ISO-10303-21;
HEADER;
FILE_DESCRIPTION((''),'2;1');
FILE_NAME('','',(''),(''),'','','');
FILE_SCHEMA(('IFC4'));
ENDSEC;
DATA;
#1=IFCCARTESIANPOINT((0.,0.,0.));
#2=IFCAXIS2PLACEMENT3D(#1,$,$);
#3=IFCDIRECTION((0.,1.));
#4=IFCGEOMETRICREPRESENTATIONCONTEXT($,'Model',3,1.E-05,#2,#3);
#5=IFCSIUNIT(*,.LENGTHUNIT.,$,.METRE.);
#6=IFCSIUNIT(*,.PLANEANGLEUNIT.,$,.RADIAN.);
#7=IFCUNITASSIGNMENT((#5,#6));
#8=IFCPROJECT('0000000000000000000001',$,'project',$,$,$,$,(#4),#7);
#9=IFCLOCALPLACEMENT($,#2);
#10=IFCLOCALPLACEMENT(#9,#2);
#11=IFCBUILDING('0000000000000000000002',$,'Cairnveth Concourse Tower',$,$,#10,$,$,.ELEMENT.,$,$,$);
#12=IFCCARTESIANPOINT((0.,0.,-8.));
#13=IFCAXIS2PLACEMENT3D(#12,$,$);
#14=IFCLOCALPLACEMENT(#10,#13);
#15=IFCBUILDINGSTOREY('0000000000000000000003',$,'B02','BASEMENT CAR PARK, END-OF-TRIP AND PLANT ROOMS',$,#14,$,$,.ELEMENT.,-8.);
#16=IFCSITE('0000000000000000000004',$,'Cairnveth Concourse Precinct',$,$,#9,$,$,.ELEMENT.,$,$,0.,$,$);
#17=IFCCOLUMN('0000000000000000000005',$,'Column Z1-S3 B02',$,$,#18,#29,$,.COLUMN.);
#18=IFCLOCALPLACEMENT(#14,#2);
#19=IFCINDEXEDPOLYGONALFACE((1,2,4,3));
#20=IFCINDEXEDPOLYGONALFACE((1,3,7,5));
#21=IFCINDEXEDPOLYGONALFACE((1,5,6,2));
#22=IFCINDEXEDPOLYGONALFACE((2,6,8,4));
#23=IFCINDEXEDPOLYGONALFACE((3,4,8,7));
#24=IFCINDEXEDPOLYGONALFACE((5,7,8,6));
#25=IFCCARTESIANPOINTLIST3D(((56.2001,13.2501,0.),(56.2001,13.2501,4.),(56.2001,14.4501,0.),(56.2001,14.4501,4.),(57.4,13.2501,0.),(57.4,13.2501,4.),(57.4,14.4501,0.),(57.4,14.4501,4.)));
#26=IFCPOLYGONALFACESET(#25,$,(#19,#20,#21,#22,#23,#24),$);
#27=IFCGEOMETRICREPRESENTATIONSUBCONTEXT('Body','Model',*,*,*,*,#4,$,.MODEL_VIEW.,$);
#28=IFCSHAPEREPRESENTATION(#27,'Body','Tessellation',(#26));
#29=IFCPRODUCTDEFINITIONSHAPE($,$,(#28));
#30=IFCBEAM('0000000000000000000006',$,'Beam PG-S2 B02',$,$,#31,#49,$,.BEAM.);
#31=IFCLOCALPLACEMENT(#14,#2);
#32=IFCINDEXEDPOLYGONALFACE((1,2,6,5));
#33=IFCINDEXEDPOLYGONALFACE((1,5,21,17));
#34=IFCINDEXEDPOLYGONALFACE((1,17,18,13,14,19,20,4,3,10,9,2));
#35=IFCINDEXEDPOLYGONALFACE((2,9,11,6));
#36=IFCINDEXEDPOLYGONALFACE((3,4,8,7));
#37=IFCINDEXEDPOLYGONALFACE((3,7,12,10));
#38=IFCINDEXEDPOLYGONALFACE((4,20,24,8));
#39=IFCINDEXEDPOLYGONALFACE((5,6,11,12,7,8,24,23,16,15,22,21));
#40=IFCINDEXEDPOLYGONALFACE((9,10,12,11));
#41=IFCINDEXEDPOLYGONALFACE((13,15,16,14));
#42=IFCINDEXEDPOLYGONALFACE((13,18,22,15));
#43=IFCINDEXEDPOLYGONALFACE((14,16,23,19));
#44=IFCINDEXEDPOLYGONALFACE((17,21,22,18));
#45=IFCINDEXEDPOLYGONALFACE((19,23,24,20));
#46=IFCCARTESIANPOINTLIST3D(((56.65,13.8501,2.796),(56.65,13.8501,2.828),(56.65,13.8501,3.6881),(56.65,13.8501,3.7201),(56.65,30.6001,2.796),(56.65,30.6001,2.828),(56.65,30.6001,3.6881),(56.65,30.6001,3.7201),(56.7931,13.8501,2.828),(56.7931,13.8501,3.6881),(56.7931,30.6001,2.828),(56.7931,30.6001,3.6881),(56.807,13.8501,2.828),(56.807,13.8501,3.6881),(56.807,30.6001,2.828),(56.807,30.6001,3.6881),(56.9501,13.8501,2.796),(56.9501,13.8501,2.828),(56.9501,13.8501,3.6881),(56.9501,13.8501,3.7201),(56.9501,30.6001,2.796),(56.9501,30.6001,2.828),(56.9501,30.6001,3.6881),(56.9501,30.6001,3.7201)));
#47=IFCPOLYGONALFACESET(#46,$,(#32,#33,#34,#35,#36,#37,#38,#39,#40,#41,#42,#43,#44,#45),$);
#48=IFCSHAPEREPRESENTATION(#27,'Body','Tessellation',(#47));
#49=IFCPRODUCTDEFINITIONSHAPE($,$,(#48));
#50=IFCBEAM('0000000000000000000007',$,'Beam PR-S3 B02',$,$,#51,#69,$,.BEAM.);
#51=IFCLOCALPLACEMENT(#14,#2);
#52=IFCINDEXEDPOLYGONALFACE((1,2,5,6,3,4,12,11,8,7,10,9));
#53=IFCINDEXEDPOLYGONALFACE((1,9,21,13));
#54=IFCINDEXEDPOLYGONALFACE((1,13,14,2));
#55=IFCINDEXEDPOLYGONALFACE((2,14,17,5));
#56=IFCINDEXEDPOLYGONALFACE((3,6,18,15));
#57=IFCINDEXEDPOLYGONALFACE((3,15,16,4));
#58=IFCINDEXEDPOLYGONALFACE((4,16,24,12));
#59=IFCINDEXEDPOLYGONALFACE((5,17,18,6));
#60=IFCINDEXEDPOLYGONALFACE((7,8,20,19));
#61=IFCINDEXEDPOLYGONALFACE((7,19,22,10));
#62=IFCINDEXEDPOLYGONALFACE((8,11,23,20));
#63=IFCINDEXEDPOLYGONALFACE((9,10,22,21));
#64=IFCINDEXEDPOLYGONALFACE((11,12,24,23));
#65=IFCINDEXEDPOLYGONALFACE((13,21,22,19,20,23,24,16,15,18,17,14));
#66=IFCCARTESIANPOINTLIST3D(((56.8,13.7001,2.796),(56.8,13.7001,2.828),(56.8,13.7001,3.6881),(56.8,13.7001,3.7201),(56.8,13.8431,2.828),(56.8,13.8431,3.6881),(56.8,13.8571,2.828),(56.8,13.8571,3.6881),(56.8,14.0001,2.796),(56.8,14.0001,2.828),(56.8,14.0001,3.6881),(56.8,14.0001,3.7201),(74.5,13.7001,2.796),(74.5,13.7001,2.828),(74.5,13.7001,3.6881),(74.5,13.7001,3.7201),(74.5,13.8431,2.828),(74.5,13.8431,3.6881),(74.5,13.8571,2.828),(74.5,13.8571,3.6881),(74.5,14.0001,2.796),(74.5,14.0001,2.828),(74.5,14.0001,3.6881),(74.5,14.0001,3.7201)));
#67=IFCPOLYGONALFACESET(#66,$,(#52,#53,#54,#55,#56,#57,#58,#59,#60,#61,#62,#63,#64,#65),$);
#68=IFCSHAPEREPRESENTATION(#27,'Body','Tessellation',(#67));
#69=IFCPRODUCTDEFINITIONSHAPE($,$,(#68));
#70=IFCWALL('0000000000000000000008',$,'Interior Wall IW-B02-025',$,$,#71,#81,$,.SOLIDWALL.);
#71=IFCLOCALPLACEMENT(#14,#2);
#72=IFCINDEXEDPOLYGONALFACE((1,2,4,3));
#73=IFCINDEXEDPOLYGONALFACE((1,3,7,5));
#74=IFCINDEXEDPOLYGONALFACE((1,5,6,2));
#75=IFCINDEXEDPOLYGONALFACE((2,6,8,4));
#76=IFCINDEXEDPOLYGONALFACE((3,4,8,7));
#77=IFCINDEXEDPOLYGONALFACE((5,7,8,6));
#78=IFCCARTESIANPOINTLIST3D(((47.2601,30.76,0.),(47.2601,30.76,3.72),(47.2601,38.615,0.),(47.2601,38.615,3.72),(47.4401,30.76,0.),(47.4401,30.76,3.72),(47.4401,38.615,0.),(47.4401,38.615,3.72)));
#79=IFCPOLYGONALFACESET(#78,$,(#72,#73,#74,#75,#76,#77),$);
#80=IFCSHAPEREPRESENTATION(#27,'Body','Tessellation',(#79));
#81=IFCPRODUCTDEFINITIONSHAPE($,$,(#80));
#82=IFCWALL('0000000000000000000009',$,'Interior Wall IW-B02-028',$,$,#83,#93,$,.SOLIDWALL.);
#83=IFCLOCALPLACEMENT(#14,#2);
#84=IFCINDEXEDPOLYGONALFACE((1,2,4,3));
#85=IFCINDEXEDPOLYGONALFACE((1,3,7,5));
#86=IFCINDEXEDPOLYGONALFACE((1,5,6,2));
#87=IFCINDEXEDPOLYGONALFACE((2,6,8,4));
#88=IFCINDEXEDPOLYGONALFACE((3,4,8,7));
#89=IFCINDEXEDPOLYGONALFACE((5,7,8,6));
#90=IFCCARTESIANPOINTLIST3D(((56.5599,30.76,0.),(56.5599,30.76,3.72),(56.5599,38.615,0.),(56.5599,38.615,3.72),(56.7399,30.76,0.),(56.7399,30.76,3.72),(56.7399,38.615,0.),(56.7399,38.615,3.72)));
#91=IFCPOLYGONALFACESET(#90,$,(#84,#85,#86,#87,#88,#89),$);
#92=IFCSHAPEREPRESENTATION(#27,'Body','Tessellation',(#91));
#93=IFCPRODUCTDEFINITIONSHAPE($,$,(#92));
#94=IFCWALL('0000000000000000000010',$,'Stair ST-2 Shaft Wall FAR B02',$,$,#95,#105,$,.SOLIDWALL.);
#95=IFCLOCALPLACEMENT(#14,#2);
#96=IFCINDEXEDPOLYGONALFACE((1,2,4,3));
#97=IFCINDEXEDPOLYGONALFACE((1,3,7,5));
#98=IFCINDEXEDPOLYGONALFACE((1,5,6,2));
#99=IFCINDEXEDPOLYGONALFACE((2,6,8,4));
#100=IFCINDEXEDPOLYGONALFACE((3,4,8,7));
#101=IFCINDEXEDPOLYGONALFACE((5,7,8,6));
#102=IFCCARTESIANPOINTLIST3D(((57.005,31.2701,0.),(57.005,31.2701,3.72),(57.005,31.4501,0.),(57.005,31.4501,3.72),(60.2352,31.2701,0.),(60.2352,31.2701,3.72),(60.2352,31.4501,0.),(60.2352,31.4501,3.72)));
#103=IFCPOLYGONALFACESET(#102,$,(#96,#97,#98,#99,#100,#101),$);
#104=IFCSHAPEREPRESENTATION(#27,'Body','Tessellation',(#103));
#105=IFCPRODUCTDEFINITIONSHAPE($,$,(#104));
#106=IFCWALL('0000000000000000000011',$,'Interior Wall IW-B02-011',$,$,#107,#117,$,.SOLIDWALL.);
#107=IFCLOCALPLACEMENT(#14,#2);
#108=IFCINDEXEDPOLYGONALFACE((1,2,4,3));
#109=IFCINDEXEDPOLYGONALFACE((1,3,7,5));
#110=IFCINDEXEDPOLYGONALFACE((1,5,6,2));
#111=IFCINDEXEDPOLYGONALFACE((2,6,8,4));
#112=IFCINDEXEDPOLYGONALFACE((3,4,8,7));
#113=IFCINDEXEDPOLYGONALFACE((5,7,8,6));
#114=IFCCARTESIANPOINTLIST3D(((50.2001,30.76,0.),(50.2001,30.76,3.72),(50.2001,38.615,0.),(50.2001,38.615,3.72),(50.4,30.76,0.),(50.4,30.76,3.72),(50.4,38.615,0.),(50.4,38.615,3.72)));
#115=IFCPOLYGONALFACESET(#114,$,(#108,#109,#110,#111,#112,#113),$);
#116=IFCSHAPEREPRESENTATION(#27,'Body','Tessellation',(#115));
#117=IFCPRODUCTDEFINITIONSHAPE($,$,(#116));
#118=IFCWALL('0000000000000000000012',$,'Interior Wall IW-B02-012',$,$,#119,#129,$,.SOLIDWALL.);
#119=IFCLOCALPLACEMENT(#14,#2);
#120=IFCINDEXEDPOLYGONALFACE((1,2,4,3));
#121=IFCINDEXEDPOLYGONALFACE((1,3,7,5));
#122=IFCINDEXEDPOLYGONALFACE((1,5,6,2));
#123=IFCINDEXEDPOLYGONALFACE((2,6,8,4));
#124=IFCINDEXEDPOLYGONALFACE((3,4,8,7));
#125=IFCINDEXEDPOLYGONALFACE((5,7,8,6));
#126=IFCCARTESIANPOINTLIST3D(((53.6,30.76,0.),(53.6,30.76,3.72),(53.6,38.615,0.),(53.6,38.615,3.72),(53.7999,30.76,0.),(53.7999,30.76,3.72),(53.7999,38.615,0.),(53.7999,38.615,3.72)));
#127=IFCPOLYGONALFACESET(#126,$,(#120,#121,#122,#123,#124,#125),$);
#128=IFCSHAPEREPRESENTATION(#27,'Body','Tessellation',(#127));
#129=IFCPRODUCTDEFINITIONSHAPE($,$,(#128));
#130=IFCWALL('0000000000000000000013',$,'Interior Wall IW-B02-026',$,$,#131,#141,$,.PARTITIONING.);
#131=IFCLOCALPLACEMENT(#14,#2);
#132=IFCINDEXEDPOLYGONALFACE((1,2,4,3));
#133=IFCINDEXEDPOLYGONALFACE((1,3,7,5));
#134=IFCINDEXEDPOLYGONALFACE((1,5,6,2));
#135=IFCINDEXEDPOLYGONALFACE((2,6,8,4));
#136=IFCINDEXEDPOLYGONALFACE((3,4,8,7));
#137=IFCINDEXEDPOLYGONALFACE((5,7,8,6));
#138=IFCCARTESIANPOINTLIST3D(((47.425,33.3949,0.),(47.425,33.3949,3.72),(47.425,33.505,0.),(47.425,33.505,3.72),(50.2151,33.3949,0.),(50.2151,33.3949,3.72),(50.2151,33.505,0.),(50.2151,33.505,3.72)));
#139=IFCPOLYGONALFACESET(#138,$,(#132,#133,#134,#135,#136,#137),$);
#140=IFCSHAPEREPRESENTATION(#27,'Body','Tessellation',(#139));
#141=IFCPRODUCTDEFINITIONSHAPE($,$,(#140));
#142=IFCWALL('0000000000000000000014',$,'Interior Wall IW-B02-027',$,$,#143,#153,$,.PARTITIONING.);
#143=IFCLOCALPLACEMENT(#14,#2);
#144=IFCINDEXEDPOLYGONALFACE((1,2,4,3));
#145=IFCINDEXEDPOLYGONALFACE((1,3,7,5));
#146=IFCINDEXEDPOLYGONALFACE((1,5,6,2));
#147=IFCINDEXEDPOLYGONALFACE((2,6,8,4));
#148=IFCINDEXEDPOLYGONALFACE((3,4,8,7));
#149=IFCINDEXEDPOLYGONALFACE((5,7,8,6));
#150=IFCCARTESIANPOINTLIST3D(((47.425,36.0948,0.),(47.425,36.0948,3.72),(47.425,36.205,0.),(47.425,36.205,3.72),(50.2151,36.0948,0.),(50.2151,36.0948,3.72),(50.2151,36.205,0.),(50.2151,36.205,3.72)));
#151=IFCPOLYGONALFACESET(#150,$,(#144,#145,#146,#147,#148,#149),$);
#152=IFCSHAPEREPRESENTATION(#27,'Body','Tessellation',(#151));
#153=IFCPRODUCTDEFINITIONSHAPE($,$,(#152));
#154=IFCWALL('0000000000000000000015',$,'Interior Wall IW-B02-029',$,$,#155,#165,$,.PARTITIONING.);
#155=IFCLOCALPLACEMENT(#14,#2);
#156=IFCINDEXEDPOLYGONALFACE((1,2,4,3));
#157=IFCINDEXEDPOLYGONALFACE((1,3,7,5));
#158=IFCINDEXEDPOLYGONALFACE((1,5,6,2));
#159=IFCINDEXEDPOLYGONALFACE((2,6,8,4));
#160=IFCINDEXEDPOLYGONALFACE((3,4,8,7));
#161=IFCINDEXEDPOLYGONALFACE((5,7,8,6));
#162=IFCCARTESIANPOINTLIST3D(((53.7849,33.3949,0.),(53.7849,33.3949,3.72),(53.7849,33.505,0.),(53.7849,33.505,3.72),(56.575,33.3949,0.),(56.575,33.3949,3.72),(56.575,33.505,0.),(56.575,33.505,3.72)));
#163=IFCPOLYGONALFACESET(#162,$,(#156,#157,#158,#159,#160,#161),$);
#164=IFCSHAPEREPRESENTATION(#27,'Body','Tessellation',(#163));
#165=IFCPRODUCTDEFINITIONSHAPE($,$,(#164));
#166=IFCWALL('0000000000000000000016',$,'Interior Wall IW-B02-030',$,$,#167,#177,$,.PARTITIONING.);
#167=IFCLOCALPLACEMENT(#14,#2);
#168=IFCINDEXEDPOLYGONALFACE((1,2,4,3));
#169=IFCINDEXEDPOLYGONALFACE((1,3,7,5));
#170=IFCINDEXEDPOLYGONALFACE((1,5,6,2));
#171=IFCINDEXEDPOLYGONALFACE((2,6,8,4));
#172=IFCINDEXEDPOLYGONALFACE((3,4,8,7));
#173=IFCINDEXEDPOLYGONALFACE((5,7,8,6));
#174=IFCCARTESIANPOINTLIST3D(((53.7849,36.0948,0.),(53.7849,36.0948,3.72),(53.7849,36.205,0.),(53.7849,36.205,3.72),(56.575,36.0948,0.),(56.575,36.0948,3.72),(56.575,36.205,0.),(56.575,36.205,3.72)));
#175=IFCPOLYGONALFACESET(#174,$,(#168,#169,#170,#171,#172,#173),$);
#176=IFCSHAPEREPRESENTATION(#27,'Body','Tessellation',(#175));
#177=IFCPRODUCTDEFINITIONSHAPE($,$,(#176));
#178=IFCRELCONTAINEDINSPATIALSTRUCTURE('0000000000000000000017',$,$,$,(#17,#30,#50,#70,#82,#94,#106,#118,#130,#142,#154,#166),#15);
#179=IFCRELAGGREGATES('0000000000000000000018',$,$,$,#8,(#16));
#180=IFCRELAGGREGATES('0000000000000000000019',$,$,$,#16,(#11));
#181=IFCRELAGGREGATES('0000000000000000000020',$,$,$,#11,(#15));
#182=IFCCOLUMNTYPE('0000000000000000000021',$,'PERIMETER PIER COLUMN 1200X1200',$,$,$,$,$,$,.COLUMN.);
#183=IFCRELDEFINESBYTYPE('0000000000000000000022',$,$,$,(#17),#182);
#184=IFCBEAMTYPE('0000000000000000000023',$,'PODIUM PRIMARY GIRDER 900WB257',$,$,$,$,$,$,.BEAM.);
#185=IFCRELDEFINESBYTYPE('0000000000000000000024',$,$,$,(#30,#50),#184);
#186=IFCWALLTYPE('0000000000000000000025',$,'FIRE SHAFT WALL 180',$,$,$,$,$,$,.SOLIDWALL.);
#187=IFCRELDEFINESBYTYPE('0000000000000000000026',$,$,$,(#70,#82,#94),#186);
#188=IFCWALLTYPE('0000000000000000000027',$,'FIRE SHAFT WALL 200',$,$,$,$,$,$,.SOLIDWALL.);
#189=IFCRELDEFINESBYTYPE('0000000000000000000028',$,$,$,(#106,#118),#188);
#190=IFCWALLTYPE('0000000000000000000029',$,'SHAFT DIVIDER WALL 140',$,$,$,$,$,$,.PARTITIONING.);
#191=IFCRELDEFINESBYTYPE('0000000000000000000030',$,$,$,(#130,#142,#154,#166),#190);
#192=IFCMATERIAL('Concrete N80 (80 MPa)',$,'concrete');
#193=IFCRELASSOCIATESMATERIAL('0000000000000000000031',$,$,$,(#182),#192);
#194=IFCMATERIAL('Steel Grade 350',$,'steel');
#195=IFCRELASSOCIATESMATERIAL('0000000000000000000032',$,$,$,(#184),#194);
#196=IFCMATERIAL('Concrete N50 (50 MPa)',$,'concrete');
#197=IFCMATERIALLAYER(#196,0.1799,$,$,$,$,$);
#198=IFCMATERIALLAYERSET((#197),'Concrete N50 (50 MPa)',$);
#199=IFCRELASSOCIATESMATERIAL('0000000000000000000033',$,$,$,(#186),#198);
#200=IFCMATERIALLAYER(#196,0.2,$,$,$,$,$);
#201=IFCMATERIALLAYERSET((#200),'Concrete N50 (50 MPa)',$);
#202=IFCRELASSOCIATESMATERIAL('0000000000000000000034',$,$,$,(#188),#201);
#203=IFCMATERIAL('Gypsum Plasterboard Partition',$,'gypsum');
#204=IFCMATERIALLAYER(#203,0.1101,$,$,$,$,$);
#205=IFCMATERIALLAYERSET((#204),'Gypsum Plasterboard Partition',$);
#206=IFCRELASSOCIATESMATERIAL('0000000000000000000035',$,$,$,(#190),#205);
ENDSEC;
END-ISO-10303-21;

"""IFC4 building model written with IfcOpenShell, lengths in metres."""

from ifc_helpers import new_model, si_unit, direction, frame, frame_2d, origin, origin_2d, place, context, subcontext, project, spatial, rectangle, i_section, extrude, material, layer, layer_set, material_profile, profile_set, type_object, element, save


model = new_model("IFC4")

# Units and contexts
model_context = context("Model", 3, precision=1e-05, world=origin(), true_north=direction((0.0, 1.0)))
body_context = subcontext(model_context, "Body", "Model", "MODEL_VIEW")
ifc_project = project(units=[si_unit("LENGTHUNIT", "METRE"), si_unit("PLANEANGLEUNIT", "RADIAN")], contexts=[model_context])

# Site, building, storey
site_placement = place(None, origin())
site = spatial("IfcSite", under=ifc_project, at=site_placement, Name="Cairnveth Concourse Precinct", CompositionType="ELEMENT", RefElevation=0.0)
building_placement = place(site_placement, origin())
building = spatial("IfcBuilding", under=site, at=building_placement, Name="Cairnveth Concourse Tower", CompositionType="ELEMENT")
storey_placement = place(building_placement, frame((0.0, 0.0, -8.0)))
storey = spatial("IfcBuildingStorey", under=building, at=storey_placement, Name="B02", Description="BASEMENT CAR PARK, END-OF-TRIP AND PLANT ROOMS", CompositionType="ELEMENT", Elevation=-8.0)

# Shared definitions
ifc_material_1 = material(Name="Concrete N50 (50 MPa)", Category="concrete")

# Column
ifc_material_2 = material(Name="Concrete N80 (80 MPa)", Category="concrete")
ifc_material_profile_1 = material_profile(ifc_material_2, rectangle(XDim=1.2, YDim=1.2, at=origin_2d()), Name="RC-COL-1200x1200")
ifc_profile_set_1 = profile_set([ifc_material_profile_1], Name="Concrete N80 (80 MPa)")
column_type_1 = type_object("IfcColumnType", Name="PERIMETER PIER COLUMN 1200X1200", PredefinedType="COLUMN", material=ifc_profile_set_1)
column_1_placement = place(storey_placement, frame((56.8, 13.8501, 0.0), z_axis=(0.0, 0.0, 1.0), x_axis=(1.0, 0.0, 0.0)))
element("IfcColumn", 1, at=column_1_placement, inside=storey, type_object=column_type_1, Name="Column Z1-S3 B02", PredefinedType="COLUMN", context=body_context, shape_type="SweptSolid", body=[
    extrude(rectangle(XDim=1.2, YDim=1.2, at=origin_2d()), origin(), (0.0, 0.0, 1.0), 4.0),
])

# Beams
ifc_material_3 = material(Name="Steel Grade 350", Category="steel")
ifc_material_profile_2 = material_profile(ifc_material_3, i_section(OverallWidth=0.3, OverallDepth=0.9241, WebThickness=0.0139, FlangeThickness=0.032, at=origin_2d()), Name="900WB257")
ifc_profile_set_2 = profile_set([ifc_material_profile_2], Name="Steel Grade 350")
beam_type = type_object("IfcBeamType", Name="PODIUM PRIMARY GIRDER 900WB257", PredefinedType="BEAM", material=ifc_profile_set_2)
beam_1_placement = place(storey_placement, frame((56.8, 13.8501, 3.2581), z_axis=(0.0, 1.0, 0.0), x_axis=(-1.0, 0.0, 0.0)))
element("IfcBeam", 2, at=beam_1_placement, inside=storey, type_object=beam_type, Name="Beam PG-S2 B02", PredefinedType="BEAM", context=body_context, shape_type="SweptSolid", body=[
    extrude(i_section(OverallWidth=0.3, OverallDepth=0.9241, WebThickness=0.0139, FlangeThickness=0.032, at=origin_2d()), origin(), (0.0, 0.0, 1.0), 16.75),
])
beam_2_placement = place(storey_placement, frame((56.8, 13.8501, 3.2581), z_axis=(1.0, 0.0, 0.0), x_axis=(0.0, 1.0, 0.0)))
element("IfcBeam", 3, at=beam_2_placement, inside=storey, type_object=beam_type, Name="Beam PR-S3 B02", PredefinedType="BEAM", context=body_context, shape_type="SweptSolid", body=[
    extrude(i_section(OverallWidth=0.3, OverallDepth=0.9241, WebThickness=0.0139, FlangeThickness=0.032, at=origin_2d()), origin(), (0.0, 0.0, 1.0), 17.7),
])

# Walls
ifc_layer_1 = layer(ifc_material_1, 0.1799)
ifc_layer_set_1 = layer_set([ifc_layer_1], Name="Concrete N50 (50 MPa)")
wall_type_1 = type_object("IfcWallType", Name="FIRE SHAFT WALL 180", PredefinedType="SOLIDWALL", material=ifc_layer_set_1)
for number, where, z_axis, x_axis, name in (
    (4, (47.3501, 30.76, 0.0), (0.0, 0.0, 1.0), (0.0, 1.0, 0.0), "Interior Wall IW-B02-025"),
    (5, (56.6499, 30.76, 0.0), (0.0, 0.0, 1.0), (0.0, 1.0, 0.0), "Interior Wall IW-B02-028"),
):
    element("IfcWall", number, at=place(storey_placement, frame(where, z_axis=z_axis, x_axis=x_axis)), inside=storey, type_object=wall_type_1, Name=name, PredefinedType="SOLIDWALL", context=body_context, shape_type="SweptSolid", body=[
        extrude(rectangle(XDim=7.855, YDim=0.1799, at=frame_2d((3.9275, 0.0))), origin(), (0.0, 0.0, 1.0), 3.72),
    ])
wall_placement = place(storey_placement, frame((57.0049, 31.3601, 0.0), z_axis=(0.0, 0.0, 1.0), x_axis=(1.0, 0.0, 0.0)))
element("IfcWall", 6, at=wall_placement, inside=storey, type_object=wall_type_1, Name="Stair ST-2 Shaft Wall FAR B02", PredefinedType="SOLIDWALL", context=body_context, shape_type="SweptSolid", body=[
    extrude(rectangle(XDim=3.2302, YDim=0.1799, at=frame_2d((1.6152, 0.0))), origin(), (0.0, 0.0, 1.0), 3.72),
])
ifc_layer_2 = layer(ifc_material_1, 0.2)
ifc_layer_set_2 = layer_set([ifc_layer_2], Name="Concrete N50 (50 MPa)")
wall_type_2 = type_object("IfcWallType", Name="FIRE SHAFT WALL 200", PredefinedType="SOLIDWALL", material=ifc_layer_set_2)
for number, where, z_axis, x_axis, name in (
    (7, (50.3, 30.76, 0.0), (0.0, 0.0, 1.0), (0.0, 1.0, 0.0), "Interior Wall IW-B02-011"),
    (8, (53.7, 30.76, 0.0), (0.0, 0.0, 1.0), (0.0, 1.0, 0.0), "Interior Wall IW-B02-012"),
):
    element("IfcWall", number, at=place(storey_placement, frame(where, z_axis=z_axis, x_axis=x_axis)), inside=storey, type_object=wall_type_2, Name=name, PredefinedType="SOLIDWALL", context=body_context, shape_type="SweptSolid", body=[
        extrude(rectangle(XDim=7.855, YDim=0.2, at=frame_2d((3.9275, 0.0))), origin(), (0.0, 0.0, 1.0), 3.72),
    ])
ifc_material_4 = material(Name="Gypsum Plasterboard Partition", Category="gypsum")
ifc_layer_3 = layer(ifc_material_4, 0.1101)
ifc_layer_set_3 = layer_set([ifc_layer_3], Name="Gypsum Plasterboard Partition")
wall_type_3 = type_object("IfcWallType", Name="SHAFT DIVIDER WALL 140", PredefinedType="PARTITIONING", material=ifc_layer_set_3)
for number, where, z_axis, x_axis, name in (
    (9, (47.425, 33.45, 0.0), (0.0, 0.0, 1.0), (1.0, 0.0, 0.0), "Interior Wall IW-B02-026"),
    (10, (47.425, 36.1499, 0.0), (0.0, 0.0, 1.0), (1.0, 0.0, 0.0), "Interior Wall IW-B02-027"),
    (11, (53.7849, 33.45, 0.0), (0.0, 0.0, 1.0), (1.0, 0.0, 0.0), "Interior Wall IW-B02-029"),
    (12, (53.7849, 36.1499, 0.0), (0.0, 0.0, 1.0), (1.0, 0.0, 0.0), "Interior Wall IW-B02-030"),
):
    element("IfcWall", number, at=place(storey_placement, frame(where, z_axis=z_axis, x_axis=x_axis)), inside=storey, type_object=wall_type_3, Name=name, PredefinedType="PARTITIONING", context=body_context, shape_type="SweptSolid", body=[
        extrude(rectangle(XDim=2.79, YDim=0.1101, at=frame_2d((1.395, 0.0))), origin(), (0.0, 0.0, 1.0), 3.72),
    ])

save(model, "model.ifc")
